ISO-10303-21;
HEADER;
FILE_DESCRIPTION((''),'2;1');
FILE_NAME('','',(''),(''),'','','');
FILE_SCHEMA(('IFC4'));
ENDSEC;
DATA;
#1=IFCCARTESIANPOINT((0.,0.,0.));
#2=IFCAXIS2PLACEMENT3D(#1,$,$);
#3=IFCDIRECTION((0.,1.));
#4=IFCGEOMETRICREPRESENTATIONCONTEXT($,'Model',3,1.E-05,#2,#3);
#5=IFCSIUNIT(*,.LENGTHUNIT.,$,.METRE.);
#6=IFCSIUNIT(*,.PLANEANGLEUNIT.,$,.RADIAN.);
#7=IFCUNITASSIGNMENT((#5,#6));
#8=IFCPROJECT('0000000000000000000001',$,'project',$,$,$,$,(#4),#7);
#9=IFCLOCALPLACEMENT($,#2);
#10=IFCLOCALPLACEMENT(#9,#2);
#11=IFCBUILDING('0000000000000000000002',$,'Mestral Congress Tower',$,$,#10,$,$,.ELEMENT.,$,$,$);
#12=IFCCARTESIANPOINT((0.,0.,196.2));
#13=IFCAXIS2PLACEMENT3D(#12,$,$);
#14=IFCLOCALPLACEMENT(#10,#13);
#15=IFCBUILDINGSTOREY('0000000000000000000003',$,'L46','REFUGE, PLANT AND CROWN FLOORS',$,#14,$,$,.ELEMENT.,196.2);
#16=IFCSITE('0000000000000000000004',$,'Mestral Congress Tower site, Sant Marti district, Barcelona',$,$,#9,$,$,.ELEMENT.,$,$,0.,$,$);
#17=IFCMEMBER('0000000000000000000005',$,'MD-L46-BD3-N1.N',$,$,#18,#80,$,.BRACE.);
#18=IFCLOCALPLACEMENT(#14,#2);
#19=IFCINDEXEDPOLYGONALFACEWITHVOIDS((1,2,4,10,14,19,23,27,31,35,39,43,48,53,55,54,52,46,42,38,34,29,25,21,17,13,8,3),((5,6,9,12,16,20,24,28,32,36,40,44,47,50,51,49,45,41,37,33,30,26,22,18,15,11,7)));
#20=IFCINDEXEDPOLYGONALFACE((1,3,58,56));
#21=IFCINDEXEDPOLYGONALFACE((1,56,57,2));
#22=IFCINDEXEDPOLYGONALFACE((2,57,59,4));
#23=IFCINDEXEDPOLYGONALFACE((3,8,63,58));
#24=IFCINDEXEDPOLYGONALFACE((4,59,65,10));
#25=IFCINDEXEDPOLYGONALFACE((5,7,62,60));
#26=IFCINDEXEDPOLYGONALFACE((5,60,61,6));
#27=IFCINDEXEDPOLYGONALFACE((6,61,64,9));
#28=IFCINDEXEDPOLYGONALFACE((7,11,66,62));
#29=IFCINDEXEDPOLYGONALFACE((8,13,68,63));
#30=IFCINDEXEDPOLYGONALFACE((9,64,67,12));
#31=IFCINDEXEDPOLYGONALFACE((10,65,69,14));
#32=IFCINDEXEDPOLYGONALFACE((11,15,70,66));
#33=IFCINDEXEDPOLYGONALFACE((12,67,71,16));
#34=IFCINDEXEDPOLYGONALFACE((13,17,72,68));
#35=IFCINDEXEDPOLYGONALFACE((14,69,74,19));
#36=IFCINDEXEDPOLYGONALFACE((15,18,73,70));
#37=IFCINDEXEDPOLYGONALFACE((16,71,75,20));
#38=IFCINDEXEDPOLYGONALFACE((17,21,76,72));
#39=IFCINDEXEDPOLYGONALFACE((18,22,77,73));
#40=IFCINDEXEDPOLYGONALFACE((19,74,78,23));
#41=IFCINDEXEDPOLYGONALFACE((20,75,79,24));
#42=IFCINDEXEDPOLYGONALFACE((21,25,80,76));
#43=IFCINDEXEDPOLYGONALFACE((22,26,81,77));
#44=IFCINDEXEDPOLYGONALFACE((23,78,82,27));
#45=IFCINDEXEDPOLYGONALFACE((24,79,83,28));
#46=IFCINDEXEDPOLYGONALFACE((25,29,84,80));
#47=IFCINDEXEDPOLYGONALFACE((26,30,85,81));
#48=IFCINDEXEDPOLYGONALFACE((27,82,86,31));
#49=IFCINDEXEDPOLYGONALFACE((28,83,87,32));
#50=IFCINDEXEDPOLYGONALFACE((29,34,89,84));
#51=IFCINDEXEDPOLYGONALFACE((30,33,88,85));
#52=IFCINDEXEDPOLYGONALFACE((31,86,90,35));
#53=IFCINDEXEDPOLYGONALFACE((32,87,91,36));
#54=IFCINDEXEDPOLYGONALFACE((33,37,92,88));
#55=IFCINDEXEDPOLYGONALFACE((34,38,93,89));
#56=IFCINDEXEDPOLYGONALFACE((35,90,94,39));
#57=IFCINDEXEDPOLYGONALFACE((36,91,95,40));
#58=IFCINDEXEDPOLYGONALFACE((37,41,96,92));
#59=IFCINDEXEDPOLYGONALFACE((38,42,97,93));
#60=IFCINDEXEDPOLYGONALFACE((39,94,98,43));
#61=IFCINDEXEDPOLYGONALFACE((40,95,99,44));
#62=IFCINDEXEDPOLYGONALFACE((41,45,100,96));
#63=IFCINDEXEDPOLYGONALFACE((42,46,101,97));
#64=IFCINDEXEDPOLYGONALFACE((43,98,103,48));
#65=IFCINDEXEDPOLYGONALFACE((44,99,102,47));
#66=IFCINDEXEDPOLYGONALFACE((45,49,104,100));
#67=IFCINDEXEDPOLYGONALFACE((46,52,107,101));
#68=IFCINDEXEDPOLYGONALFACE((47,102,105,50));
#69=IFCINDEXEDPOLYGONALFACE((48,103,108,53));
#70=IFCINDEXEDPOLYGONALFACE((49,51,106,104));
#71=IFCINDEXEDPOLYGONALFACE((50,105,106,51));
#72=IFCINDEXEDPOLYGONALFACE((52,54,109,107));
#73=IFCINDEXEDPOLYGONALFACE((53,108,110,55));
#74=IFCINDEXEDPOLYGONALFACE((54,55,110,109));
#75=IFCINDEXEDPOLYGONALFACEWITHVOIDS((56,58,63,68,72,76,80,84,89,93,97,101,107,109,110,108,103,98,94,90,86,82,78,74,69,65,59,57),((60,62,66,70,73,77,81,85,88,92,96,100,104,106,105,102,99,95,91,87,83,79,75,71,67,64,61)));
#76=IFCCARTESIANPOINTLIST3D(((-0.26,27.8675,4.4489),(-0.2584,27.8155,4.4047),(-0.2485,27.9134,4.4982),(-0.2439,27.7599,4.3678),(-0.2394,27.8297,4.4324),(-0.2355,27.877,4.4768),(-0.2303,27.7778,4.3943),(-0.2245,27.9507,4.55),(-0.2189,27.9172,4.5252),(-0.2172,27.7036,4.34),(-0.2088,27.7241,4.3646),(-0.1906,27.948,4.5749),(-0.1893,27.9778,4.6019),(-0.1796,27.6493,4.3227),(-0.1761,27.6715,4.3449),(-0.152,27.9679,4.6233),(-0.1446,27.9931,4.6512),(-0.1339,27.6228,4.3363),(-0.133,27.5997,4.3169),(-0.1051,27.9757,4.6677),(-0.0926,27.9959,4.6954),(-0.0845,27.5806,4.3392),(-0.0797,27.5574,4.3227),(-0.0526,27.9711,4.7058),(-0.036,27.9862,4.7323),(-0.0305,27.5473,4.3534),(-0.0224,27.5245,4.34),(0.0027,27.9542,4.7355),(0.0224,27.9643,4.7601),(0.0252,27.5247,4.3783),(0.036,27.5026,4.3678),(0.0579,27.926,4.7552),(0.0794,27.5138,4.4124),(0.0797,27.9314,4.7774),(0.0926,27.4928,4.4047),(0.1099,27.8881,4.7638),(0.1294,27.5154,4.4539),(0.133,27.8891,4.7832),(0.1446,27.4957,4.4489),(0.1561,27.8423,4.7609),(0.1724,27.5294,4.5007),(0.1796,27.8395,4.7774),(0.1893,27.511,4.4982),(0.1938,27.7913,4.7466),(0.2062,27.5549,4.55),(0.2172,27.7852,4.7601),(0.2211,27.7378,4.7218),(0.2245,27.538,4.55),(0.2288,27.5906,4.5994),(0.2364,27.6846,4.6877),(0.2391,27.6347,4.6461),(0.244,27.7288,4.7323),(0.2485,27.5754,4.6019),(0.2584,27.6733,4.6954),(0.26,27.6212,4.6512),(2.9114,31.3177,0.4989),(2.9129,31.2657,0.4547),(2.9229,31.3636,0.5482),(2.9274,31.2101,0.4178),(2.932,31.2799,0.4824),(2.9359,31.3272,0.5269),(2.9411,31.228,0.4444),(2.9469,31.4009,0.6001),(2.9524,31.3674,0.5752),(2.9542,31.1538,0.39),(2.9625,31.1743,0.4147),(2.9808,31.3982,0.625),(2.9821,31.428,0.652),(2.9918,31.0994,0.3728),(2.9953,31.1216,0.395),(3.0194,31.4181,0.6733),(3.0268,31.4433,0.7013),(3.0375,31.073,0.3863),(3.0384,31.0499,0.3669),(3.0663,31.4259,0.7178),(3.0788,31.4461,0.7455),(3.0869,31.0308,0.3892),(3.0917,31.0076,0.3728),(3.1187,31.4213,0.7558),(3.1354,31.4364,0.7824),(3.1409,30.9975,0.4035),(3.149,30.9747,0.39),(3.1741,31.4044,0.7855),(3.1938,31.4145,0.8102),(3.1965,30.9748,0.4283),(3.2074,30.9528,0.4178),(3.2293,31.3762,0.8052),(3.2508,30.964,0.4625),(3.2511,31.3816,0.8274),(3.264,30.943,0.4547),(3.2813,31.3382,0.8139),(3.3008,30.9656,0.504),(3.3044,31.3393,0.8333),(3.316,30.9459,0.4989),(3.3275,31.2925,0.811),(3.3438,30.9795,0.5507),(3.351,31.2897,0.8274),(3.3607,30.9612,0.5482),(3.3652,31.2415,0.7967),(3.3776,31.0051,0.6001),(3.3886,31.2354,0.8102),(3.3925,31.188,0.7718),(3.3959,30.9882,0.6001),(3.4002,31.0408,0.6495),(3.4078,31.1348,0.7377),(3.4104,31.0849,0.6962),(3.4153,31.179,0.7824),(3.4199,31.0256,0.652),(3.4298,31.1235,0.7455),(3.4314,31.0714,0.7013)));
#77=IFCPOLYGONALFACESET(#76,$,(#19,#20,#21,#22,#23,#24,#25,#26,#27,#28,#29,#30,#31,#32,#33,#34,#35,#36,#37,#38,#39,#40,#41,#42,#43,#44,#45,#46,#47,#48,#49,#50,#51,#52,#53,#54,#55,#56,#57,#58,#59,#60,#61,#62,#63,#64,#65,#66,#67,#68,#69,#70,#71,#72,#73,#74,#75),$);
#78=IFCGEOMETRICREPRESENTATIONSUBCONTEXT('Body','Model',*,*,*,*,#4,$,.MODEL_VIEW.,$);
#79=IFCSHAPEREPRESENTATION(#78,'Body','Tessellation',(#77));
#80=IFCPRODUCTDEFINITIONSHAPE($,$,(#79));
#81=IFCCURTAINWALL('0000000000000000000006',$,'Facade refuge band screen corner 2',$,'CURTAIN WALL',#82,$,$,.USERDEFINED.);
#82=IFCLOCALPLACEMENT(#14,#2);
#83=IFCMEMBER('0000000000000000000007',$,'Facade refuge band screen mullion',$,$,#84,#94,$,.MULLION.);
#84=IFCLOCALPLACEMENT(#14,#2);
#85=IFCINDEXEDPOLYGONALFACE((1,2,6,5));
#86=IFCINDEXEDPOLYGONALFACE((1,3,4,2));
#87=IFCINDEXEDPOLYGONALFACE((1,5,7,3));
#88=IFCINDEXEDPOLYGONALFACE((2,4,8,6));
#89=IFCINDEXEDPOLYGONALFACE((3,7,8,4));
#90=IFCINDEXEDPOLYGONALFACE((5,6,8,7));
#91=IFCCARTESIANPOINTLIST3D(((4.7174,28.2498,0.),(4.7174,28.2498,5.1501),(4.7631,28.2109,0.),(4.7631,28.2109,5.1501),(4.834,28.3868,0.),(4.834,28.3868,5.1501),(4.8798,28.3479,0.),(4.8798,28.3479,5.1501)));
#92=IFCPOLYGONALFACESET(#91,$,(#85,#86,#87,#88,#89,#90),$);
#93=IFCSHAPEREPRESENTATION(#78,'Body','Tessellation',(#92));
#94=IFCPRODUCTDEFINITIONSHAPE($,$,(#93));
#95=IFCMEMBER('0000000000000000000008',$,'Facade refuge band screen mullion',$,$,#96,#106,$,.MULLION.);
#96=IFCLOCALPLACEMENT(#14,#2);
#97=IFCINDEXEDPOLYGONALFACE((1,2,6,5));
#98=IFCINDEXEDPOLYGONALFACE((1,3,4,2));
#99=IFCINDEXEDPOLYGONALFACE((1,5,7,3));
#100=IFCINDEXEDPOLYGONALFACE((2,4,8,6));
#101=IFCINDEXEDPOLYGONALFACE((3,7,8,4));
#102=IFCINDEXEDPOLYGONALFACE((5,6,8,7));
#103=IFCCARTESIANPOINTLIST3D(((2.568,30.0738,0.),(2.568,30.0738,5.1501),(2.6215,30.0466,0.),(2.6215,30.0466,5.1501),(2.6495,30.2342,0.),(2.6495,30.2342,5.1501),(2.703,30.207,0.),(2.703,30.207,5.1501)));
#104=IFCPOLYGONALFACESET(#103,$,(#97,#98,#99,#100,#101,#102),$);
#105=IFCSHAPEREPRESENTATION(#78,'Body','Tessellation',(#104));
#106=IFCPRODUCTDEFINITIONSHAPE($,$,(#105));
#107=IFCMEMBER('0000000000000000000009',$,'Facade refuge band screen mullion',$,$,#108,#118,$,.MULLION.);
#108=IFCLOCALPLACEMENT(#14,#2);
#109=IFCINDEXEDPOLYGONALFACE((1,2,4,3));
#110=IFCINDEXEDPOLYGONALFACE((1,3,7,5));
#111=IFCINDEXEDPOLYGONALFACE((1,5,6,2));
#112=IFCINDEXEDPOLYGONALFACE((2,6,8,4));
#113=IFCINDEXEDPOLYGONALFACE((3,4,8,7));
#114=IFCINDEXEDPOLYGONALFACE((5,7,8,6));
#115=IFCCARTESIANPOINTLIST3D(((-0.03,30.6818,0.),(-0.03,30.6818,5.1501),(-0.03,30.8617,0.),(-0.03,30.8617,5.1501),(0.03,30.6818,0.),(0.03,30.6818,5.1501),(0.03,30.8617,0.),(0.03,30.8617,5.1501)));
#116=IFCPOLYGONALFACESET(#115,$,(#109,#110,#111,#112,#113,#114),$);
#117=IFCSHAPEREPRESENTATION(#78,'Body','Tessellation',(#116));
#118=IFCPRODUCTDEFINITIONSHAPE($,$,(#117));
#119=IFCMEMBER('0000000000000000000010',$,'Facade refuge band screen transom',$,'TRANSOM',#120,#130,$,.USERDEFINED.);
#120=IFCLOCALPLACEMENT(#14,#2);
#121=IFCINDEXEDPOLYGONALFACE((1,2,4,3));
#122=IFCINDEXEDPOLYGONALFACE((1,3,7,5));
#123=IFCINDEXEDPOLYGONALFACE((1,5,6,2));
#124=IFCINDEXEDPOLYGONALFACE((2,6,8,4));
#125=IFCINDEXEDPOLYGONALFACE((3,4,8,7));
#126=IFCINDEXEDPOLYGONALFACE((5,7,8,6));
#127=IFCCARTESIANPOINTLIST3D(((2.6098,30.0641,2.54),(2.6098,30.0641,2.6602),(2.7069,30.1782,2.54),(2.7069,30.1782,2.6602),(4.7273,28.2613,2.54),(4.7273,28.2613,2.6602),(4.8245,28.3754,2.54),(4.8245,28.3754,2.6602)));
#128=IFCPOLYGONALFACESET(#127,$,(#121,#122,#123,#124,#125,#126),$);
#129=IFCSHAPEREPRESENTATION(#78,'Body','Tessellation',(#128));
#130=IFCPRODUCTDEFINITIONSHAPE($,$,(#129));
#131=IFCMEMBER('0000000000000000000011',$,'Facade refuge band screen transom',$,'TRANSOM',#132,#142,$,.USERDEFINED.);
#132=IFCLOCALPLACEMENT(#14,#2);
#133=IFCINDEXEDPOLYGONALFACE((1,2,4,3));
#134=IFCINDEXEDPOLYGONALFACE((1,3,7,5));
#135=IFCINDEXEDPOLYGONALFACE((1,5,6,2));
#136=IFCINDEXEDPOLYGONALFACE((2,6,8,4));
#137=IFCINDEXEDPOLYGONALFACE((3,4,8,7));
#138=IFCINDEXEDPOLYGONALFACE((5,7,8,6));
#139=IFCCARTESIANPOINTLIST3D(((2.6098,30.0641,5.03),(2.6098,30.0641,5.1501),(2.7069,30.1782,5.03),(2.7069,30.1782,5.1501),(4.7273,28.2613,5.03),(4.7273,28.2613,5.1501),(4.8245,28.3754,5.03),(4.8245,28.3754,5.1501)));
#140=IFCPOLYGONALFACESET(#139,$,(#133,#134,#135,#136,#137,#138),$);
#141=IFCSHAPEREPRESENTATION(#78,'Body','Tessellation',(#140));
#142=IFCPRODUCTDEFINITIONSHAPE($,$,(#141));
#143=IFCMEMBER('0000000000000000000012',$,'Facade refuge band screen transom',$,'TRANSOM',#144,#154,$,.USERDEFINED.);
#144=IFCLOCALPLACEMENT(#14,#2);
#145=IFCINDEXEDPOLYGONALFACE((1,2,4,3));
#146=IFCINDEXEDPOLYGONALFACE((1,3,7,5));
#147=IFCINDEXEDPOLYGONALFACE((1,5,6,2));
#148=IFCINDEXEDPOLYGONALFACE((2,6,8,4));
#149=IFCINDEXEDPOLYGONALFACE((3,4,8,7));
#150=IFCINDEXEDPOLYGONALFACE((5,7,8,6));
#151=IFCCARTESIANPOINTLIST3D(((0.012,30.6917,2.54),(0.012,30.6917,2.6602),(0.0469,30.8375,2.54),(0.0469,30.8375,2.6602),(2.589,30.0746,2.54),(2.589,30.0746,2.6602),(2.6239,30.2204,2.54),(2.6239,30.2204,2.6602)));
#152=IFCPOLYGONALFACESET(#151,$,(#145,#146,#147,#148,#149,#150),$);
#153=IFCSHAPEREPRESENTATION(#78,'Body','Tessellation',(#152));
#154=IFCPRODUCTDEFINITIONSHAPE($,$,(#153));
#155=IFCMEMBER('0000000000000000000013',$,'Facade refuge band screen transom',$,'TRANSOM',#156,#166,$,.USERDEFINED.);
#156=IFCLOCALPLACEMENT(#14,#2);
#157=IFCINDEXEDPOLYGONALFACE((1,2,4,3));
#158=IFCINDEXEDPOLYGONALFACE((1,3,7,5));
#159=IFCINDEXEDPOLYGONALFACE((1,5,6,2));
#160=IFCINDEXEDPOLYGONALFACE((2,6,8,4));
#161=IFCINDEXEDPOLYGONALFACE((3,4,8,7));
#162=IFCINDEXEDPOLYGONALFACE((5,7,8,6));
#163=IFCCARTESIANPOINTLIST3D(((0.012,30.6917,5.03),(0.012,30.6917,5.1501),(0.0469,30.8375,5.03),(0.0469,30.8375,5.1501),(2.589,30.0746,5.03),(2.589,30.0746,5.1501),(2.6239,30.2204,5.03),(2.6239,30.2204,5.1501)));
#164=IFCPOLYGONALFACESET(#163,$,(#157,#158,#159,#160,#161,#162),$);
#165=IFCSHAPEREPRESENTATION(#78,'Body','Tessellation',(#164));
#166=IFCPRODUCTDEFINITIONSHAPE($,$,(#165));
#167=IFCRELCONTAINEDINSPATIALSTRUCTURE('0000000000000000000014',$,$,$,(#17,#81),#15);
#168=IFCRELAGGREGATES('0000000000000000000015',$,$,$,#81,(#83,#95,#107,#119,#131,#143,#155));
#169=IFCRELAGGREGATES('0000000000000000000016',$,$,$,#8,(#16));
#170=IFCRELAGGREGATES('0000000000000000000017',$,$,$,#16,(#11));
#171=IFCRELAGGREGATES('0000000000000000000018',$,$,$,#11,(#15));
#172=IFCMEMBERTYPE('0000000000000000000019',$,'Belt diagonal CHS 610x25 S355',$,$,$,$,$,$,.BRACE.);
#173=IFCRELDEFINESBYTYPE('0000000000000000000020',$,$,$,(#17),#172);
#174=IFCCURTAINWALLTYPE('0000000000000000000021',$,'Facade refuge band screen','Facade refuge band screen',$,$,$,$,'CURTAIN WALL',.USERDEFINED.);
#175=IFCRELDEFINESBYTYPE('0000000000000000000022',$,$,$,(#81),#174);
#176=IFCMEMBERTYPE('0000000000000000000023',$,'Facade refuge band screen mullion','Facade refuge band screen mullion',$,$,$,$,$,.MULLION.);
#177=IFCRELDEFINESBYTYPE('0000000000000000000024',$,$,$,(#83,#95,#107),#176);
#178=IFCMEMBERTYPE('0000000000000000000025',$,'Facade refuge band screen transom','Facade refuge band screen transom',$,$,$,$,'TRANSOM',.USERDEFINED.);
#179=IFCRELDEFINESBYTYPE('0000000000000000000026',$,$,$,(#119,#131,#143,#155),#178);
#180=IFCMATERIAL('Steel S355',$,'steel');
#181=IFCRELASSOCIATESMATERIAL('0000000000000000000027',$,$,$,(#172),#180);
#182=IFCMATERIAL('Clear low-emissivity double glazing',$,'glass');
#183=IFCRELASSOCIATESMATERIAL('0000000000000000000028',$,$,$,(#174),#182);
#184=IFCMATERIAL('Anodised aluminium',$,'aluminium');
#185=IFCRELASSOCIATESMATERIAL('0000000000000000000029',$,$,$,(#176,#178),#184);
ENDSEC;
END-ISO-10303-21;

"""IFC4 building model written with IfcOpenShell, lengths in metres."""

from ifc_helpers import new_model, si_unit, direction, frame, origin, origin_2d, place, context, subcontext, project, spatial, rectangle, hollow_circle, extrude, material, material_profile, profile_set, type_object, element, aggregate, save


model = new_model("IFC4")

# Units and contexts
model_context = context("Model", 3, precision=1e-05, world=origin(), true_north=direction((0.0, 1.0)))
body_context = subcontext(model_context, "Body", "Model", "MODEL_VIEW")
ifc_project = project(units=[si_unit("LENGTHUNIT", "METRE"), si_unit("PLANEANGLEUNIT", "RADIAN")], contexts=[model_context])

# Site, building, storey
site_placement = place(None, origin())
site = spatial("IfcSite", under=ifc_project, at=site_placement, Name="Mestral Congress Tower site, Sant Marti district, Barcelona", CompositionType="ELEMENT", RefElevation=0.0)
building_placement = place(site_placement, origin())
building = spatial("IfcBuilding", under=site, at=building_placement, Name="Mestral Congress Tower", CompositionType="ELEMENT")
storey_placement = place(building_placement, frame((0.0, 0.0, 196.2)))
storey = spatial("IfcBuildingStorey", under=building, at=storey_placement, Name="L46", Description="REFUGE, PLANT AND CROWN FLOORS", CompositionType="ELEMENT", Elevation=196.2)

# Member
ifc_material_1 = material(Name="Steel S355", Category="steel")
ifc_material_profile_1 = material_profile(ifc_material_1, hollow_circle(Radius=0.3049, WallThickness=0.0249, at=origin_2d()), Name="CHS 610x25")
ifc_profile_set_1 = profile_set([ifc_material_profile_1], Name="Steel S355")
member_type_1 = type_object("IfcMemberType", Name="Belt diagonal CHS 610x25 S355", PredefinedType="BRACE", material=ifc_profile_set_1)
member_1_placement = place(storey_placement, frame((3.1714, 31.1946, 0.6001), z_axis=(-0.517446, -0.562937, 0.644478), x_axis=(0.736228, -0.676734, 0.0)))
element("IfcMember", 1, at=member_1_placement, inside=storey, type_object=member_type_1, Name="MD-L46-BD3-N1.N", PredefinedType="BRACE", context=body_context, shape_type="SweptSolid", body=[
    extrude(hollow_circle(Radius=0.3049, WallThickness=0.0249, at=origin_2d()), origin(), (0.0, 0.0, 1.0), 6.1289),
])

# Curtain wall, members
ifc_material_2 = material(Name="Clear low-emissivity double glazing", Category="glass")
curtain_wall_type = type_object("IfcCurtainWallType", Name="Facade refuge band screen", Description="Facade refuge band screen", ElementType="CURTAIN WALL", PredefinedType="USERDEFINED", material=ifc_material_2)
placement = place(storey_placement, origin())
curtain_wall_1 = element("IfcCurtainWall", 2, at=placement, inside=storey, type_object=curtain_wall_type, Name="Facade refuge band screen corner 2", ObjectType="CURTAIN WALL", PredefinedType="USERDEFINED")
ifc_material_3 = material(Name="Anodised aluminium", Category="aluminium")
ifc_material_profile_2 = material_profile(ifc_material_3, rectangle(XDim=0.1799, YDim=0.0601, at=origin_2d()), Name="CW3 mullion 180 x 60")
ifc_profile_set_2 = profile_set([ifc_material_profile_2], Name="Anodised aluminium")
member_type_2 = type_object("IfcMemberType", Name="Facade refuge band screen mullion", Description="Facade refuge band screen mullion", PredefinedType="MULLION", material=ifc_profile_set_2)
member_2_placement = place(storey_placement, frame((4.7986, 28.2988, 0.0), z_axis=(0.0, 0.0, 1.0), x_axis=(0.648241, 0.761435, 0.0)))
member_2 = element("IfcMember", 3, at=member_2_placement, type_object=member_type_2, Name="Facade refuge band screen mullion", PredefinedType="MULLION", context=body_context, shape_type="SweptSolid", body=[
    extrude(rectangle(XDim=0.1799, YDim=0.0601, at=origin_2d()), origin(), (0.0, 0.0, 1.0), 5.1501),
])
member_3_placement = place(storey_placement, frame((2.6355, 30.1404, 0.0), z_axis=(0.0, 0.0, 1.0), x_axis=(0.453048, 0.891486, 0.0)))
member_3 = element("IfcMember", 4, at=member_3_placement, type_object=member_type_2, Name="Facade refuge band screen mullion", PredefinedType="MULLION", context=body_context, shape_type="SweptSolid", body=[
    extrude(rectangle(XDim=0.1799, YDim=0.0601, at=origin_2d()), origin(), (0.0, 0.0, 1.0), 5.1501),
])
member_4_placement = place(storey_placement, frame((0.0, 30.7717, 0.0), z_axis=(0.0, 0.0, 1.0), x_axis=(0.0, 1.0, 0.0)))
member_4 = element("IfcMember", 5, at=member_4_placement, type_object=member_type_2, Name="Facade refuge band screen mullion", PredefinedType="MULLION", context=body_context, shape_type="SweptSolid", body=[
    extrude(rectangle(XDim=0.1799, YDim=0.0601, at=origin_2d()), origin(), (0.0, 0.0, 1.0), 5.1501),
])
ifc_material_profile_3 = material_profile(ifc_material_3, rectangle(XDim=0.1499, YDim=0.1201, at=origin_2d()), Name="CW3 transom 150 x 120")
ifc_profile_set_3 = profile_set([ifc_material_profile_3], Name="Anodised aluminium")
member_type_3 = type_object("IfcMemberType", Name="Facade refuge band screen transom", Description="Facade refuge band screen transom", ElementType="TRANSOM", PredefinedType="USERDEFINED", material=ifc_profile_set_3)
member_5_placement = place(storey_placement, frame((4.7759, 28.3184, 2.6001), z_axis=(-0.761421, 0.648257, 0.0), x_axis=(-0.648257, -0.761421, 0.0)))
member_5 = element("IfcMember", 6, at=member_5_placement, type_object=member_type_3, Name="Facade refuge band screen transom", ObjectType="TRANSOM", PredefinedType="USERDEFINED", context=body_context, shape_type="SweptSolid", body=[
    extrude(rectangle(XDim=0.1499, YDim=0.1201, at=origin_2d()), origin(), (0.0, 0.0, 1.0), 2.781),
])
member_6_placement = place(storey_placement, frame((4.7759, 28.3184, 5.0901), z_axis=(-0.761421, 0.648257, 0.0), x_axis=(-0.648257, -0.761421, 0.0)))
member_6 = element("IfcMember", 7, at=member_6_placement, type_object=member_type_3, Name="Facade refuge band screen transom", ObjectType="TRANSOM", PredefinedType="USERDEFINED", context=body_context, shape_type="SweptSolid", body=[
    extrude(rectangle(XDim=0.1499, YDim=0.1201, at=origin_2d()), origin(), (0.0, 0.0, 1.0), 2.781),
])
member_7_placement = place(storey_placement, frame((2.6064, 30.1475, 2.6001), z_axis=(-0.972501, 0.232899, 0.0), x_axis=(-0.232899, -0.972501, 0.0)))
member_7 = element("IfcMember", 8, at=member_7_placement, type_object=member_type_3, Name="Facade refuge band screen transom", ObjectType="TRANSOM", PredefinedType="USERDEFINED", context=body_context, shape_type="SweptSolid", body=[
    extrude(rectangle(XDim=0.1499, YDim=0.1201, at=origin_2d()), origin(), (0.0, 0.0, 1.0), 2.6499),
])
member_8_placement = place(storey_placement, frame((2.6064, 30.1475, 5.0901), z_axis=(-0.972501, 0.232899, 0.0), x_axis=(-0.232899, -0.972501, 0.0)))
member_8 = element("IfcMember", 9, at=member_8_placement, type_object=member_type_3, Name="Facade refuge band screen transom", ObjectType="TRANSOM", PredefinedType="USERDEFINED", context=body_context, shape_type="SweptSolid", body=[
    extrude(rectangle(XDim=0.1499, YDim=0.1201, at=origin_2d()), origin(), (0.0, 0.0, 1.0), 2.6499),
])

aggregate(curtain_wall_1, [member_2, member_3, member_4, member_5, member_6, member_7, member_8])

save(model, "model.ifc")
